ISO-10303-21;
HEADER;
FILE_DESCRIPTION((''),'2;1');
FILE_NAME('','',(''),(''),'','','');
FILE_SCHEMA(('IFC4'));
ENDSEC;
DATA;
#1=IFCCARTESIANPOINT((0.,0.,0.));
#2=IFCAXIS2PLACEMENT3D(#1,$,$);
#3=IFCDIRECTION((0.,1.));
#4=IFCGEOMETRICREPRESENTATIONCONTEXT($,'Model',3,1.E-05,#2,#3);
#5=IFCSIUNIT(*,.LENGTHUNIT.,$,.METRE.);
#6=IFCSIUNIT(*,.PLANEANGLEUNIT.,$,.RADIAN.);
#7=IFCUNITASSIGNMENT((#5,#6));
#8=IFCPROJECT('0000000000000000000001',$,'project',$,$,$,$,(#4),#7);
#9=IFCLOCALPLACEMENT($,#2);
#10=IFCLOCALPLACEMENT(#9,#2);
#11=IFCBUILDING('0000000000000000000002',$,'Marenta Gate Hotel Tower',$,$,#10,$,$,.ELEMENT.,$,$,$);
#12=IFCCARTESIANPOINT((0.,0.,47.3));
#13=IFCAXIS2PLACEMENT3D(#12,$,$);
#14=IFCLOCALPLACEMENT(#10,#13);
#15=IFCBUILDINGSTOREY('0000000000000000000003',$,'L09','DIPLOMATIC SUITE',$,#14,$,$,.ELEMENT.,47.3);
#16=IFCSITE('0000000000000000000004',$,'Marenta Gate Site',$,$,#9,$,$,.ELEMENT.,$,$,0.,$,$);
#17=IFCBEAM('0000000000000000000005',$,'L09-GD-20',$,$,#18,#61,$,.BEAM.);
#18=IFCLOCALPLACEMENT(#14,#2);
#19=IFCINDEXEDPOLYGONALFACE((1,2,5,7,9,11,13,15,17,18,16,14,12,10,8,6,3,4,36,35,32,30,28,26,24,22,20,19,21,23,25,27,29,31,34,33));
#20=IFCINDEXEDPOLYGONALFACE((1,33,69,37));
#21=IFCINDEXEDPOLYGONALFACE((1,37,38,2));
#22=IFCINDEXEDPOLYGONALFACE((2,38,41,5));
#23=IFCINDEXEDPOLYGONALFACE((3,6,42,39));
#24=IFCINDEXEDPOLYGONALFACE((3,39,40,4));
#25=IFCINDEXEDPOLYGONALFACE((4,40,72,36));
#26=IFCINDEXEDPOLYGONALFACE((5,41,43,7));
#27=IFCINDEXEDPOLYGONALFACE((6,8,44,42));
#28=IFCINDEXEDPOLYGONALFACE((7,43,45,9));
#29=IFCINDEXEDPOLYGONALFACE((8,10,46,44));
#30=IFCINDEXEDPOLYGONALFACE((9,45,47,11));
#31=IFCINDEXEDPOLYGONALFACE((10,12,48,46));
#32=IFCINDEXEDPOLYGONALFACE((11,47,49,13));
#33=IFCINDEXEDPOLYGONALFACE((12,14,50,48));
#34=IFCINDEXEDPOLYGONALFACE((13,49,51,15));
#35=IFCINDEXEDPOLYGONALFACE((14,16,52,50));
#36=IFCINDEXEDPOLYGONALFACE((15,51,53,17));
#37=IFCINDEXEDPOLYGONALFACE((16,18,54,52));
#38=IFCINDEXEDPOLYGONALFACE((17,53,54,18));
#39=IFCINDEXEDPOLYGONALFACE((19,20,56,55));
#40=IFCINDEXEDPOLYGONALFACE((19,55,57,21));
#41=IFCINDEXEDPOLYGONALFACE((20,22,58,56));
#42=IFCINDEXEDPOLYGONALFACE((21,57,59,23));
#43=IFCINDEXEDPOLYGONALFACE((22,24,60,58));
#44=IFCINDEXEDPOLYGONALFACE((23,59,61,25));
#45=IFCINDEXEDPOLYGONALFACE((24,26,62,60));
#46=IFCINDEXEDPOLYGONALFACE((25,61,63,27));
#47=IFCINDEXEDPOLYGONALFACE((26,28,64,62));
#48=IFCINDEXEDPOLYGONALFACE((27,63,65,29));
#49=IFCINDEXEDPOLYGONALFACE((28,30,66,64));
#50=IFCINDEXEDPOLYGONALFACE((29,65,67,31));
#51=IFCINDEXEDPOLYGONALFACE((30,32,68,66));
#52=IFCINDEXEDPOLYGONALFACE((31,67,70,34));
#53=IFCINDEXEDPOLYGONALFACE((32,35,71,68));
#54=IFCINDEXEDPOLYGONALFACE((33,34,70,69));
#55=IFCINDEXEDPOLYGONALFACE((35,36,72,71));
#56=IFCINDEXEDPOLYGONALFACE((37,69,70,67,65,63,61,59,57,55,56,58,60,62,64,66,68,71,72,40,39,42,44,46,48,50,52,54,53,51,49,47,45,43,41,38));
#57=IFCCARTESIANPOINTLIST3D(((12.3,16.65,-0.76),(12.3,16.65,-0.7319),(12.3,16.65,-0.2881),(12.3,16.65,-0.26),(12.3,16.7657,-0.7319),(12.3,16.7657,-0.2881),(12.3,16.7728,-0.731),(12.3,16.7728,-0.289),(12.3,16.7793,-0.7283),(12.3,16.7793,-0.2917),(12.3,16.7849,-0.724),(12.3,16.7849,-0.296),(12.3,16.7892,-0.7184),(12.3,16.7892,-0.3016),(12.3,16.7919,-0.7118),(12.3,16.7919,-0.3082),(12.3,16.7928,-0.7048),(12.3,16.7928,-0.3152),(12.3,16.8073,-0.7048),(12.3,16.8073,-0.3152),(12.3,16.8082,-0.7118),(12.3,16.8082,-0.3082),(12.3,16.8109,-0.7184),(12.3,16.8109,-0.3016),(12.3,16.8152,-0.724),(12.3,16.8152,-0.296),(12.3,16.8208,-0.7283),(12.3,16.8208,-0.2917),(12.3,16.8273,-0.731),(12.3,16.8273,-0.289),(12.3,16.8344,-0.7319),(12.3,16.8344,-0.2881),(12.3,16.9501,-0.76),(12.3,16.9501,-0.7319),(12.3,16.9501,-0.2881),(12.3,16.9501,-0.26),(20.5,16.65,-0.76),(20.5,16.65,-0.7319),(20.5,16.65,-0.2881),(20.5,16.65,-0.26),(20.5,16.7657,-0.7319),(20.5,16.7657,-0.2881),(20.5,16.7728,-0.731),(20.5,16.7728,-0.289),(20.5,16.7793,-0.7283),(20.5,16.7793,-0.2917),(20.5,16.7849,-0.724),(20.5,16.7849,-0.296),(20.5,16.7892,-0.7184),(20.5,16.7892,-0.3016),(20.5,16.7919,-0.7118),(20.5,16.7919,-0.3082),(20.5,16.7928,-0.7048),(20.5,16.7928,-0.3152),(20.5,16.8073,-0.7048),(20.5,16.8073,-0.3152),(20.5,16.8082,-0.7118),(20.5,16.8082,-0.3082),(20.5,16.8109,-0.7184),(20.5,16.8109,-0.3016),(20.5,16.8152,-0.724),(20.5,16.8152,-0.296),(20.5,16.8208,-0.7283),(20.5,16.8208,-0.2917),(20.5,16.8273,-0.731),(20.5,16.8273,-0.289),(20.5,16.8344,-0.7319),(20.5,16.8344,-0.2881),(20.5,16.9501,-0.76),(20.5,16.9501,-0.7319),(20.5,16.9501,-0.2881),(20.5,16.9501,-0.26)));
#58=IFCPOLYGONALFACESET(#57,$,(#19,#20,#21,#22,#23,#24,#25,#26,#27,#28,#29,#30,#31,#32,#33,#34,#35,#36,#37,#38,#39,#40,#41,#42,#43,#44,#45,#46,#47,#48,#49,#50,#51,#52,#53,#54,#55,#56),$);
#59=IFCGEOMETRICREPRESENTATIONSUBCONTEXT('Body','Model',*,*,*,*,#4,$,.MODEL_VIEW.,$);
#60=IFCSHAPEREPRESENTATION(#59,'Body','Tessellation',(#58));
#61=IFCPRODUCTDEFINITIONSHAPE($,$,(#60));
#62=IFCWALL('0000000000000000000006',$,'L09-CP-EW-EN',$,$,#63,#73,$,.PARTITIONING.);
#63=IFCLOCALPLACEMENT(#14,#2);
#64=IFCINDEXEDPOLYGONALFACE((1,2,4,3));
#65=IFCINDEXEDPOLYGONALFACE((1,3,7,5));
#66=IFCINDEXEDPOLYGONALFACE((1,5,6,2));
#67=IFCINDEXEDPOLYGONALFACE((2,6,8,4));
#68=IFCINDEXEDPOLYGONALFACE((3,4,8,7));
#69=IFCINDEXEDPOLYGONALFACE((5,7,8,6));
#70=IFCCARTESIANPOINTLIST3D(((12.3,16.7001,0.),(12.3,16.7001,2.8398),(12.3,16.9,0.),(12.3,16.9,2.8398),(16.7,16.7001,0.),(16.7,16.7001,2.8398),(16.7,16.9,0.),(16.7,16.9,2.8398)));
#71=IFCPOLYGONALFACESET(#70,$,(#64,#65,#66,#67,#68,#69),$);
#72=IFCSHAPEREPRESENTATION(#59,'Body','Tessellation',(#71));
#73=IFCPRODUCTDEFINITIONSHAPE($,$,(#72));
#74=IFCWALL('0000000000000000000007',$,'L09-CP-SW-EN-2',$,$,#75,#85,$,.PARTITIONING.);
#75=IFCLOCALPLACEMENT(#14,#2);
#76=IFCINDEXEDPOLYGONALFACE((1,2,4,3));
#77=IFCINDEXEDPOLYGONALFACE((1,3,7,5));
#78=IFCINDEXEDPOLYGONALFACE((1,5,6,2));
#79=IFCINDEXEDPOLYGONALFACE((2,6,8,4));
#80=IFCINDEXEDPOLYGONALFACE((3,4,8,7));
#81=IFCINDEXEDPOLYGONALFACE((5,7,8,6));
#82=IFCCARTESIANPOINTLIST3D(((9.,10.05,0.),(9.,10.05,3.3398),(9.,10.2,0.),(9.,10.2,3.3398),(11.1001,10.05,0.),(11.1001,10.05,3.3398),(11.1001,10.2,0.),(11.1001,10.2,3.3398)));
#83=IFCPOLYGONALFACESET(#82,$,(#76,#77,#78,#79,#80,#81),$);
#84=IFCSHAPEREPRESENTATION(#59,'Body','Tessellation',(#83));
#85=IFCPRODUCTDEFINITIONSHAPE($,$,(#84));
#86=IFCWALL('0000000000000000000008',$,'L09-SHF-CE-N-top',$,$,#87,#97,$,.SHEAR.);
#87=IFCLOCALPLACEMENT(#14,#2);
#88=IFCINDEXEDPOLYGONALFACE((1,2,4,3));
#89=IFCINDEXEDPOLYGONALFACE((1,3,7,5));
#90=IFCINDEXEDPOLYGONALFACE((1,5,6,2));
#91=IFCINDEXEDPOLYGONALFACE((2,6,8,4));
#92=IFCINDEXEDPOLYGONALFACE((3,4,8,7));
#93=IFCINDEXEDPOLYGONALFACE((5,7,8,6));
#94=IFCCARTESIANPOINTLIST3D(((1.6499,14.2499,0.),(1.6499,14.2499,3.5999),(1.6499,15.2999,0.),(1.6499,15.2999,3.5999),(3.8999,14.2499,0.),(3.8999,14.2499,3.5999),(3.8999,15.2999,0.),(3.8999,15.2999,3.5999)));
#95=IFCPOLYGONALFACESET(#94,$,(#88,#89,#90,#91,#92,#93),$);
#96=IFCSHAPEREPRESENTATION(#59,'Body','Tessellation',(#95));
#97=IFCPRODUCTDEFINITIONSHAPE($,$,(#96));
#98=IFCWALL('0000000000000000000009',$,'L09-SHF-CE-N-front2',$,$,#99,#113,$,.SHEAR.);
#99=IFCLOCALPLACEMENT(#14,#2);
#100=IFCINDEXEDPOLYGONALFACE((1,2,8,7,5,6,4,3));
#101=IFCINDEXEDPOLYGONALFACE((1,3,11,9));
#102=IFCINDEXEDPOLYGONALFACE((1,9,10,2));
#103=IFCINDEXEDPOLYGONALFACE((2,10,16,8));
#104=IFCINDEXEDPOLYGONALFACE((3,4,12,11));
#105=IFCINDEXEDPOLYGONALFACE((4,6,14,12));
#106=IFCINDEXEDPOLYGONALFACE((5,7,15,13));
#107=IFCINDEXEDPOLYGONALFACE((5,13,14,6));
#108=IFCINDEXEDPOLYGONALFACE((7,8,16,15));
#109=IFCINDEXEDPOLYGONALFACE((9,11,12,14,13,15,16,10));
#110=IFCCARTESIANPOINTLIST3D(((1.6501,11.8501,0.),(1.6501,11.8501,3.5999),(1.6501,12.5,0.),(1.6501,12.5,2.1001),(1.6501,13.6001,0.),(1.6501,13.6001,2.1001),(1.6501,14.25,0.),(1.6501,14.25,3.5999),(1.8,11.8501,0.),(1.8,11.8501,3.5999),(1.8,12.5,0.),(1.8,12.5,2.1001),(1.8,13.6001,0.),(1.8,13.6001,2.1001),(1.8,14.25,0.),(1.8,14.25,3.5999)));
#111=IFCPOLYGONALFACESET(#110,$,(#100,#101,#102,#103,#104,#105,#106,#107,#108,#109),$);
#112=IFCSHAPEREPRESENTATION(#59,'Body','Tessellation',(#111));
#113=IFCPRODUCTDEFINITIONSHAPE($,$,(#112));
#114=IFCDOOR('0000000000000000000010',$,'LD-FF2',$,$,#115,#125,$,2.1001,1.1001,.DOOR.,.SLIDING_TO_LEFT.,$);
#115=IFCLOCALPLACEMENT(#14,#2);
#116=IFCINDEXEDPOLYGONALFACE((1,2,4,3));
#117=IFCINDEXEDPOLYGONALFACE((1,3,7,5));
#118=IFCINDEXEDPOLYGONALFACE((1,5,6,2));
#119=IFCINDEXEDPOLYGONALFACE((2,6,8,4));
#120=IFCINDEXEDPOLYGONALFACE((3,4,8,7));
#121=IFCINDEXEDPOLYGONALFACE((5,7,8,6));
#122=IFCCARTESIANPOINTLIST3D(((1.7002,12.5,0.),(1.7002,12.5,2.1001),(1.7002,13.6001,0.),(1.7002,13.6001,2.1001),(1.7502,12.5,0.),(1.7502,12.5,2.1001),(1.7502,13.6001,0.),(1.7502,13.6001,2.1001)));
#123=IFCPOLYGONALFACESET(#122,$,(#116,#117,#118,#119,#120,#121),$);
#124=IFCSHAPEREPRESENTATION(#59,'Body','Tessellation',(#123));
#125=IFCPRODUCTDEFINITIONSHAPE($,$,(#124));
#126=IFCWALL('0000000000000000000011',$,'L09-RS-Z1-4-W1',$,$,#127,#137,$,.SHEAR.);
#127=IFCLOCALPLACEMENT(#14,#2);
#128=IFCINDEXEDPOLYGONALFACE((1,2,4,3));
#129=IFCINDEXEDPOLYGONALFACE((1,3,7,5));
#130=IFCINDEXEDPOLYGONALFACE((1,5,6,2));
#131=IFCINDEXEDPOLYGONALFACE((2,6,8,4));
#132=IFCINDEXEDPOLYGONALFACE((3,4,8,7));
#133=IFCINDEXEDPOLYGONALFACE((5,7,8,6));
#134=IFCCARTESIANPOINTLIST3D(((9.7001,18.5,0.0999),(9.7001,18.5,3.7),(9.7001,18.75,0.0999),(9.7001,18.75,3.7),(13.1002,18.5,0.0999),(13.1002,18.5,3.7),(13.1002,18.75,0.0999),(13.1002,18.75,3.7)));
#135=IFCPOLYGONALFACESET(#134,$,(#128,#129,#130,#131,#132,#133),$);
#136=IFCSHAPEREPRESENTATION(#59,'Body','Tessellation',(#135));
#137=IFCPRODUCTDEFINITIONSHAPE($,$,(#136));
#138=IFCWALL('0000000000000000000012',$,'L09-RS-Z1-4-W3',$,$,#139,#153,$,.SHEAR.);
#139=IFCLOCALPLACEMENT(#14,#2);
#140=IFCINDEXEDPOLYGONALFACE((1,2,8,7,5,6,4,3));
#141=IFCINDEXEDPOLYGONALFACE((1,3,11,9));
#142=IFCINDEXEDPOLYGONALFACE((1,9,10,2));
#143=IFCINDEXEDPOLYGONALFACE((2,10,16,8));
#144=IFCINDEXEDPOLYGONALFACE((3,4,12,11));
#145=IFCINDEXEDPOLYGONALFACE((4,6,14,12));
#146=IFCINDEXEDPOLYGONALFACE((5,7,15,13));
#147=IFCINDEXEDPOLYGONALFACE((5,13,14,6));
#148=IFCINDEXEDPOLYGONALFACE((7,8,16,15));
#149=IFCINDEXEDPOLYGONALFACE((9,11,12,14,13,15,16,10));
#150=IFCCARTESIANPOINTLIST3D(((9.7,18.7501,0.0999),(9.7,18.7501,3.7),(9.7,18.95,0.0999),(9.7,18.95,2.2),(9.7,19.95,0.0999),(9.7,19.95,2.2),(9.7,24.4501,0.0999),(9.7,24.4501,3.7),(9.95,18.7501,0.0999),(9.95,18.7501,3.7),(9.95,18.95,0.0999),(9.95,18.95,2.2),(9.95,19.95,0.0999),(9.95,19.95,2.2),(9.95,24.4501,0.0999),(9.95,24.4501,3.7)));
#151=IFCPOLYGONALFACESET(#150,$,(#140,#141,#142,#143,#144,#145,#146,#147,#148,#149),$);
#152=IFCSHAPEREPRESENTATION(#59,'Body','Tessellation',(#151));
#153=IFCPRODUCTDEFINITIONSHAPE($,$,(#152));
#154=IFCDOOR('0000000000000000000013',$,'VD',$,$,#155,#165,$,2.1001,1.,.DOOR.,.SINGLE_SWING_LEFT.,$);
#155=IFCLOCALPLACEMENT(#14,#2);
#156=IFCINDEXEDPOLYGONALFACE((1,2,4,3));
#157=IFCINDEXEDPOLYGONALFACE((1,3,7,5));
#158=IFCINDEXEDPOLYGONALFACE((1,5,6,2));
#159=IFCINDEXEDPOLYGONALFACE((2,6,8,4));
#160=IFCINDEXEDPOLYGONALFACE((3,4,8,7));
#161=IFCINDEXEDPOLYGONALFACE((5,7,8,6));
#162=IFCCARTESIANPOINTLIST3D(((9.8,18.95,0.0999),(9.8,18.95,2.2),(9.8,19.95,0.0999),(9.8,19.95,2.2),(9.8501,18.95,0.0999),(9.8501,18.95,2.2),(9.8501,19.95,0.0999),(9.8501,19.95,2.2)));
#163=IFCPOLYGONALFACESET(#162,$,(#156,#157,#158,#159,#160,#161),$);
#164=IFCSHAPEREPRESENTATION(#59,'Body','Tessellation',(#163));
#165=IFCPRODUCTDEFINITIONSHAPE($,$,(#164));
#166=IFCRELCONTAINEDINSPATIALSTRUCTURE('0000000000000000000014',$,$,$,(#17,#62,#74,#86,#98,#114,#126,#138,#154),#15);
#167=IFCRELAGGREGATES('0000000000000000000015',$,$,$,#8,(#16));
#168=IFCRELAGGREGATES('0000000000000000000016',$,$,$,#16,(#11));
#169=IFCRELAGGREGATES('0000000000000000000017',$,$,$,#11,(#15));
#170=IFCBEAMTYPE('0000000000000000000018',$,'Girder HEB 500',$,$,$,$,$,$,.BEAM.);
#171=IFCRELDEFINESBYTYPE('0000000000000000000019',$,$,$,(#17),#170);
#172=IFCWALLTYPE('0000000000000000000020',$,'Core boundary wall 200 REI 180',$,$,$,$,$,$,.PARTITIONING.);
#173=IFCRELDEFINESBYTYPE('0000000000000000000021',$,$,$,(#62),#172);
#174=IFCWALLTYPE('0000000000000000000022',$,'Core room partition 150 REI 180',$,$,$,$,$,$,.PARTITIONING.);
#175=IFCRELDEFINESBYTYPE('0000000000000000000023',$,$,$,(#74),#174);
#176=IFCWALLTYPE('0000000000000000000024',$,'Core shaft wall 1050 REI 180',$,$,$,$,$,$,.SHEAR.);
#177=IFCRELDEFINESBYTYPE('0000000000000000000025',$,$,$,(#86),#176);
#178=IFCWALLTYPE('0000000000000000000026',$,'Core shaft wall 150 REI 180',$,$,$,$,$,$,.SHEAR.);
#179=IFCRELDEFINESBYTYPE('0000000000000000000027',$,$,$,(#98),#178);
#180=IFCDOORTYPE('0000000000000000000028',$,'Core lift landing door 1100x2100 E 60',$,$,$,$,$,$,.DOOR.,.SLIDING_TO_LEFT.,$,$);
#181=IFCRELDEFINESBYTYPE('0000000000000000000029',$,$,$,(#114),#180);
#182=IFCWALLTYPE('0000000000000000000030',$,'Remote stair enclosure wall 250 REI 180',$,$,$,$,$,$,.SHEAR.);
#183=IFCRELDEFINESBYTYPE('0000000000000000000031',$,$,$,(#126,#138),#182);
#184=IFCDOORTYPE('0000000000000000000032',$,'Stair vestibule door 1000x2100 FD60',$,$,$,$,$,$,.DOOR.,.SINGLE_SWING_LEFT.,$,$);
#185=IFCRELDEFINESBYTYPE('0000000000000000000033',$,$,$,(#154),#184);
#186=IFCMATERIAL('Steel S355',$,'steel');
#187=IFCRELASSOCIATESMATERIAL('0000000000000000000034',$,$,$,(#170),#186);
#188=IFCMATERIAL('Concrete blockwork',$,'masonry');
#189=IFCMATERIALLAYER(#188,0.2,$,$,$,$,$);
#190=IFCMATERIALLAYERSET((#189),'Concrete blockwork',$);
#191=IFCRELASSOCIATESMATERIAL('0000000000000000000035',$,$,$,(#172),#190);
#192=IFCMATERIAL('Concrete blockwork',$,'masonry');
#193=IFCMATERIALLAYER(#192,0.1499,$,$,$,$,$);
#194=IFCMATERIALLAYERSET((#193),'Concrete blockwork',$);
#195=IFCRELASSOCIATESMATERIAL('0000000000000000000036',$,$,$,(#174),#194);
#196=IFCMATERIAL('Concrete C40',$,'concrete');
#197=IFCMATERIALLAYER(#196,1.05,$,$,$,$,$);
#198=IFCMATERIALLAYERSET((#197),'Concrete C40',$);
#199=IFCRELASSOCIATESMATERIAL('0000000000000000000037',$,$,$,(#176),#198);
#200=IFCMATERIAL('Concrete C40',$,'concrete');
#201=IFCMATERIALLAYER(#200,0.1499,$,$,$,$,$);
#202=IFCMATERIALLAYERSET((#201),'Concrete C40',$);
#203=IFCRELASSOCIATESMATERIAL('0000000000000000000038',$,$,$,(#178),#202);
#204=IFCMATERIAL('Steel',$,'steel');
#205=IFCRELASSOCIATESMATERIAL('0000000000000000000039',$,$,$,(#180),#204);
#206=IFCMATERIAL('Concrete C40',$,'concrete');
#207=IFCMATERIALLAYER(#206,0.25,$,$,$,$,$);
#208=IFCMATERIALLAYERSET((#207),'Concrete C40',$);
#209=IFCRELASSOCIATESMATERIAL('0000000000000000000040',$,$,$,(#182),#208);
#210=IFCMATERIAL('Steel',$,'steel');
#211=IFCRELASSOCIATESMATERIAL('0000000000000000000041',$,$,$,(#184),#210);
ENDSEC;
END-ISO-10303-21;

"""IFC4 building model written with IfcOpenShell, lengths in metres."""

from ifc_helpers import new_model, si_unit, direction, frame, frame_2d, origin, origin_2d, place, context, subcontext, project, spatial, rectangle, i_section, extrude, material, layer, layer_set, material_profile, profile_set, type_object, element, fill, save


model = new_model("IFC4")

# Units and contexts
model_context = context("Model", 3, precision=1e-05, world=origin(), true_north=direction((0.0, 1.0)))
body_context = subcontext(model_context, "Body", "Model", "MODEL_VIEW")
ifc_project = project(units=[si_unit("LENGTHUNIT", "METRE"), si_unit("PLANEANGLEUNIT", "RADIAN")], contexts=[model_context])

# Site, building, storey
site_placement = place(None, origin())
site = spatial("IfcSite", under=ifc_project, at=site_placement, Name="Marenta Gate Site", CompositionType="ELEMENT", RefElevation=0.0)
building_placement = place(site_placement, origin())
building = spatial("IfcBuilding", under=site, at=building_placement, Name="Marenta Gate Hotel Tower", CompositionType="ELEMENT")
storey_placement = place(building_placement, frame((0.0, 0.0, 47.3)))
storey = spatial("IfcBuildingStorey", under=building, at=storey_placement, Name="L09", Description="DIPLOMATIC SUITE", CompositionType="ELEMENT", Elevation=47.3)

# Beam
ifc_material_1 = material(Name="Steel S355", Category="steel")
ifc_material_profile = material_profile(ifc_material_1, i_section(OverallWidth=0.3, OverallDepth=0.5, WebThickness=0.0144, FlangeThickness=0.0281, FilletRadius=0.0271, at=origin_2d()), Name="HEB 500")
ifc_profile_set = profile_set([ifc_material_profile], Name="Steel S355")
beam_type = type_object("IfcBeamType", Name="Girder HEB 500", PredefinedType="BEAM", material=ifc_profile_set)
beam_placement = place(storey_placement, frame((12.3, 16.8, -0.51), z_axis=(1.0, 0.0, 0.0), x_axis=(0.0, 1.0, 0.0)))
element("IfcBeam", 1, at=beam_placement, inside=storey, type_object=beam_type, Name="L09-GD-20", PredefinedType="BEAM", context=body_context, shape_type="SweptSolid", body=[
    extrude(i_section(OverallWidth=0.3, OverallDepth=0.5, WebThickness=0.0144, FlangeThickness=0.0281, FilletRadius=0.0271, at=origin_2d()), origin(), (0.0, 0.0, 1.0), 8.2),
])

# Walls
ifc_material_2 = material(Name="Concrete blockwork", Category="masonry")
ifc_layer_1 = layer(ifc_material_2, 0.2)
ifc_layer_set_1 = layer_set([ifc_layer_1], Name="Concrete blockwork")
wall_type_1 = type_object("IfcWallType", Name="Core boundary wall 200 REI 180", PredefinedType="PARTITIONING", material=ifc_layer_set_1)
wall_1_placement = place(storey_placement, frame((12.3, 16.8, 0.0), z_axis=(0.0, 0.0, 1.0), x_axis=(1.0, 0.0, 0.0)))
element("IfcWall", 2, at=wall_1_placement, inside=storey, type_object=wall_type_1, Name="L09-CP-EW-EN", PredefinedType="PARTITIONING", context=body_context, shape_type="SweptSolid", body=[
    extrude(rectangle(XDim=4.3999, YDim=0.2, at=frame_2d((2.2, 0.0))), origin(), (0.0, 0.0, 1.0), 2.8398),
])
ifc_material_3 = material(Name="Concrete blockwork", Category="masonry")
ifc_layer_2 = layer(ifc_material_3, 0.1499)
ifc_layer_set_2 = layer_set([ifc_layer_2], Name="Concrete blockwork")
wall_type_2 = type_object("IfcWallType", Name="Core room partition 150 REI 180", PredefinedType="PARTITIONING", material=ifc_layer_set_2)
wall_2_placement = place(storey_placement, frame((9.0, 10.125, 0.0), z_axis=(0.0, 0.0, 1.0), x_axis=(1.0, 0.0, 0.0)))
element("IfcWall", 3, at=wall_2_placement, inside=storey, type_object=wall_type_2, Name="L09-CP-SW-EN-2", PredefinedType="PARTITIONING", context=body_context, shape_type="SweptSolid", body=[
    extrude(rectangle(XDim=2.1001, YDim=0.1499, at=frame_2d((1.05, 0.0))), origin(), (0.0, 0.0, 1.0), 3.3398),
])
ifc_material_4 = material(Name="Concrete C40", Category="concrete")
ifc_layer_3 = layer(ifc_material_4, 1.05)
ifc_layer_set_3 = layer_set([ifc_layer_3], Name="Concrete C40")
wall_type_3 = type_object("IfcWallType", Name="Core shaft wall 1050 REI 180", PredefinedType="SHEAR", material=ifc_layer_set_3)
wall_3_placement = place(storey_placement, frame((1.6499, 14.7749, 0.0), z_axis=(0.0, 0.0, 1.0), x_axis=(1.0, 0.0, 0.0)))
element("IfcWall", 4, at=wall_3_placement, inside=storey, type_object=wall_type_3, Name="L09-SHF-CE-N-top", PredefinedType="SHEAR", context=body_context, shape_type="SweptSolid", body=[
    extrude(rectangle(XDim=2.25, YDim=1.05, at=frame_2d((1.125, 0.0))), origin(), (0.0, 0.0, 1.0), 3.5999),
])

# Wall, opening, door
ifc_material_5 = material(Name="Concrete C40", Category="concrete")
ifc_layer_4 = layer(ifc_material_5, 0.1499)
ifc_layer_set_4 = layer_set([ifc_layer_4], Name="Concrete C40")
wall_type_4 = type_object("IfcWallType", Name="Core shaft wall 150 REI 180", PredefinedType="SHEAR", material=ifc_layer_set_4)
wall_4_placement = place(storey_placement, frame((1.7251, 11.8501, 0.0), z_axis=(0.0, 0.0, 1.0), x_axis=(0.0, 1.0, 0.0)))
wall_4 = element("IfcWall", 5, at=wall_4_placement, inside=storey, type_object=wall_type_4, Name="L09-SHF-CE-N-front2", PredefinedType="SHEAR", context=body_context, shape_type="SweptSolid", body=[
    extrude(rectangle(XDim=2.3999, YDim=0.1499, at=frame_2d((1.2, 0.0))), origin(), (0.0, 0.0, 1.0), 3.5999),
])
opening_1_placement = place(wall_4_placement, frame((0.6499, 0.0, 0.0)))
opening_1 = element("IfcOpeningElement", 6, at=opening_1_placement, cuts=wall_4, PredefinedType="OPENING", context=body_context, shape_type="SweptSolid", body=[
    extrude(rectangle(XDim=1.1001, YDim=2.1001, at=frame_2d((0.55, 1.05))), frame((0.0, 0.075, 0.0), z_axis=(0.0, -1.0, 0.0), x_axis=(1.0, 0.0, 0.0)), (0.0, 0.0, 1.0), 0.1499),
])
ifc_material_6 = material(Name="Steel", Category="steel")
door_type_1 = type_object("IfcDoorType", Name="Core lift landing door 1100x2100 E 60", OperationType="SLIDING_TO_LEFT", PredefinedType="DOOR", material=ifc_material_6)
door_1_placement = place(opening_1_placement, origin())
door_1 = element("IfcDoor", 7, at=door_1_placement, inside=storey, type_object=door_type_1, Name="LD-FF2", OperationType="SLIDING_TO_LEFT", OverallHeight=2.1001, OverallWidth=1.1001, PredefinedType="DOOR", context=body_context, shape_type="SweptSolid", body=[
    extrude(rectangle(XDim=1.1001, YDim=2.1001, at=frame_2d((0.55, 1.05))), frame((0.0, 0.0249, 0.0), z_axis=(0.0, -1.0, 0.0), x_axis=(1.0, 0.0, 0.0)), (0.0, 0.0, 1.0), 0.05),
])
fill(opening_1, door_1)

# Wall
ifc_material_7 = material(Name="Concrete C40", Category="concrete")
ifc_layer_5 = layer(ifc_material_7, 0.25)
ifc_layer_set_5 = layer_set([ifc_layer_5], Name="Concrete C40")
wall_type_5 = type_object("IfcWallType", Name="Remote stair enclosure wall 250 REI 180", PredefinedType="SHEAR", material=ifc_layer_set_5)
wall_5_placement = place(storey_placement, frame((9.7, 18.625, 0.0999), z_axis=(0.0, 0.0, 1.0), x_axis=(1.0, 0.0, 0.0)))
element("IfcWall", 8, at=wall_5_placement, inside=storey, type_object=wall_type_5, Name="L09-RS-Z1-4-W1", PredefinedType="SHEAR", context=body_context, shape_type="SweptSolid", body=[
    extrude(rectangle(XDim=3.4001, YDim=0.25, at=frame_2d((1.7002, 0.0))), origin(), (0.0, 0.0, 1.0), 3.6001),
])

# Wall, opening, door
wall_6_placement = place(storey_placement, frame((9.825, 18.75, 0.0999), z_axis=(0.0, 0.0, 1.0), x_axis=(0.0, 1.0, 0.0)))
wall_6 = element("IfcWall", 9, at=wall_6_placement, inside=storey, type_object=wall_type_5, Name="L09-RS-Z1-4-W3", PredefinedType="SHEAR", context=body_context, shape_type="SweptSolid", body=[
    extrude(rectangle(XDim=5.7, YDim=0.25, at=frame_2d((2.8501, 0.0))), origin(), (0.0, 0.0, 1.0), 3.6001),
])
opening_2_placement = place(wall_6_placement, frame((0.2, 0.0, 0.0)))
opening_2 = element("IfcOpeningElement", 10, at=opening_2_placement, cuts=wall_6, PredefinedType="OPENING", context=body_context, shape_type="SweptSolid", body=[
    extrude(rectangle(XDim=1.0, YDim=2.1001, at=frame_2d((0.5, 1.05))), frame((0.0, 0.125, 0.0), z_axis=(0.0, -1.0, 0.0), x_axis=(1.0, 0.0, 0.0)), (0.0, 0.0, 1.0), 0.25),
])
ifc_material_8 = material(Name="Steel", Category="steel")
door_type_2 = type_object("IfcDoorType", Name="Stair vestibule door 1000x2100 FD60", OperationType="SINGLE_SWING_LEFT", PredefinedType="DOOR", material=ifc_material_8)
door_2_placement = place(opening_2_placement, origin())
door_2 = element("IfcDoor", 11, at=door_2_placement, inside=storey, type_object=door_type_2, Name="VD", OperationType="SINGLE_SWING_LEFT", OverallHeight=2.1001, OverallWidth=1.0, PredefinedType="DOOR", context=body_context, shape_type="SweptSolid", body=[
    extrude(rectangle(XDim=1.0, YDim=2.1001, at=frame_2d((0.5, 1.05))), frame((0.0, 0.0249, 0.0), z_axis=(0.0, -1.0, 0.0), x_axis=(1.0, 0.0, 0.0)), (0.0, 0.0, 1.0), 0.05),
])
fill(opening_2, door_2)

save(model, "model.ifc")
